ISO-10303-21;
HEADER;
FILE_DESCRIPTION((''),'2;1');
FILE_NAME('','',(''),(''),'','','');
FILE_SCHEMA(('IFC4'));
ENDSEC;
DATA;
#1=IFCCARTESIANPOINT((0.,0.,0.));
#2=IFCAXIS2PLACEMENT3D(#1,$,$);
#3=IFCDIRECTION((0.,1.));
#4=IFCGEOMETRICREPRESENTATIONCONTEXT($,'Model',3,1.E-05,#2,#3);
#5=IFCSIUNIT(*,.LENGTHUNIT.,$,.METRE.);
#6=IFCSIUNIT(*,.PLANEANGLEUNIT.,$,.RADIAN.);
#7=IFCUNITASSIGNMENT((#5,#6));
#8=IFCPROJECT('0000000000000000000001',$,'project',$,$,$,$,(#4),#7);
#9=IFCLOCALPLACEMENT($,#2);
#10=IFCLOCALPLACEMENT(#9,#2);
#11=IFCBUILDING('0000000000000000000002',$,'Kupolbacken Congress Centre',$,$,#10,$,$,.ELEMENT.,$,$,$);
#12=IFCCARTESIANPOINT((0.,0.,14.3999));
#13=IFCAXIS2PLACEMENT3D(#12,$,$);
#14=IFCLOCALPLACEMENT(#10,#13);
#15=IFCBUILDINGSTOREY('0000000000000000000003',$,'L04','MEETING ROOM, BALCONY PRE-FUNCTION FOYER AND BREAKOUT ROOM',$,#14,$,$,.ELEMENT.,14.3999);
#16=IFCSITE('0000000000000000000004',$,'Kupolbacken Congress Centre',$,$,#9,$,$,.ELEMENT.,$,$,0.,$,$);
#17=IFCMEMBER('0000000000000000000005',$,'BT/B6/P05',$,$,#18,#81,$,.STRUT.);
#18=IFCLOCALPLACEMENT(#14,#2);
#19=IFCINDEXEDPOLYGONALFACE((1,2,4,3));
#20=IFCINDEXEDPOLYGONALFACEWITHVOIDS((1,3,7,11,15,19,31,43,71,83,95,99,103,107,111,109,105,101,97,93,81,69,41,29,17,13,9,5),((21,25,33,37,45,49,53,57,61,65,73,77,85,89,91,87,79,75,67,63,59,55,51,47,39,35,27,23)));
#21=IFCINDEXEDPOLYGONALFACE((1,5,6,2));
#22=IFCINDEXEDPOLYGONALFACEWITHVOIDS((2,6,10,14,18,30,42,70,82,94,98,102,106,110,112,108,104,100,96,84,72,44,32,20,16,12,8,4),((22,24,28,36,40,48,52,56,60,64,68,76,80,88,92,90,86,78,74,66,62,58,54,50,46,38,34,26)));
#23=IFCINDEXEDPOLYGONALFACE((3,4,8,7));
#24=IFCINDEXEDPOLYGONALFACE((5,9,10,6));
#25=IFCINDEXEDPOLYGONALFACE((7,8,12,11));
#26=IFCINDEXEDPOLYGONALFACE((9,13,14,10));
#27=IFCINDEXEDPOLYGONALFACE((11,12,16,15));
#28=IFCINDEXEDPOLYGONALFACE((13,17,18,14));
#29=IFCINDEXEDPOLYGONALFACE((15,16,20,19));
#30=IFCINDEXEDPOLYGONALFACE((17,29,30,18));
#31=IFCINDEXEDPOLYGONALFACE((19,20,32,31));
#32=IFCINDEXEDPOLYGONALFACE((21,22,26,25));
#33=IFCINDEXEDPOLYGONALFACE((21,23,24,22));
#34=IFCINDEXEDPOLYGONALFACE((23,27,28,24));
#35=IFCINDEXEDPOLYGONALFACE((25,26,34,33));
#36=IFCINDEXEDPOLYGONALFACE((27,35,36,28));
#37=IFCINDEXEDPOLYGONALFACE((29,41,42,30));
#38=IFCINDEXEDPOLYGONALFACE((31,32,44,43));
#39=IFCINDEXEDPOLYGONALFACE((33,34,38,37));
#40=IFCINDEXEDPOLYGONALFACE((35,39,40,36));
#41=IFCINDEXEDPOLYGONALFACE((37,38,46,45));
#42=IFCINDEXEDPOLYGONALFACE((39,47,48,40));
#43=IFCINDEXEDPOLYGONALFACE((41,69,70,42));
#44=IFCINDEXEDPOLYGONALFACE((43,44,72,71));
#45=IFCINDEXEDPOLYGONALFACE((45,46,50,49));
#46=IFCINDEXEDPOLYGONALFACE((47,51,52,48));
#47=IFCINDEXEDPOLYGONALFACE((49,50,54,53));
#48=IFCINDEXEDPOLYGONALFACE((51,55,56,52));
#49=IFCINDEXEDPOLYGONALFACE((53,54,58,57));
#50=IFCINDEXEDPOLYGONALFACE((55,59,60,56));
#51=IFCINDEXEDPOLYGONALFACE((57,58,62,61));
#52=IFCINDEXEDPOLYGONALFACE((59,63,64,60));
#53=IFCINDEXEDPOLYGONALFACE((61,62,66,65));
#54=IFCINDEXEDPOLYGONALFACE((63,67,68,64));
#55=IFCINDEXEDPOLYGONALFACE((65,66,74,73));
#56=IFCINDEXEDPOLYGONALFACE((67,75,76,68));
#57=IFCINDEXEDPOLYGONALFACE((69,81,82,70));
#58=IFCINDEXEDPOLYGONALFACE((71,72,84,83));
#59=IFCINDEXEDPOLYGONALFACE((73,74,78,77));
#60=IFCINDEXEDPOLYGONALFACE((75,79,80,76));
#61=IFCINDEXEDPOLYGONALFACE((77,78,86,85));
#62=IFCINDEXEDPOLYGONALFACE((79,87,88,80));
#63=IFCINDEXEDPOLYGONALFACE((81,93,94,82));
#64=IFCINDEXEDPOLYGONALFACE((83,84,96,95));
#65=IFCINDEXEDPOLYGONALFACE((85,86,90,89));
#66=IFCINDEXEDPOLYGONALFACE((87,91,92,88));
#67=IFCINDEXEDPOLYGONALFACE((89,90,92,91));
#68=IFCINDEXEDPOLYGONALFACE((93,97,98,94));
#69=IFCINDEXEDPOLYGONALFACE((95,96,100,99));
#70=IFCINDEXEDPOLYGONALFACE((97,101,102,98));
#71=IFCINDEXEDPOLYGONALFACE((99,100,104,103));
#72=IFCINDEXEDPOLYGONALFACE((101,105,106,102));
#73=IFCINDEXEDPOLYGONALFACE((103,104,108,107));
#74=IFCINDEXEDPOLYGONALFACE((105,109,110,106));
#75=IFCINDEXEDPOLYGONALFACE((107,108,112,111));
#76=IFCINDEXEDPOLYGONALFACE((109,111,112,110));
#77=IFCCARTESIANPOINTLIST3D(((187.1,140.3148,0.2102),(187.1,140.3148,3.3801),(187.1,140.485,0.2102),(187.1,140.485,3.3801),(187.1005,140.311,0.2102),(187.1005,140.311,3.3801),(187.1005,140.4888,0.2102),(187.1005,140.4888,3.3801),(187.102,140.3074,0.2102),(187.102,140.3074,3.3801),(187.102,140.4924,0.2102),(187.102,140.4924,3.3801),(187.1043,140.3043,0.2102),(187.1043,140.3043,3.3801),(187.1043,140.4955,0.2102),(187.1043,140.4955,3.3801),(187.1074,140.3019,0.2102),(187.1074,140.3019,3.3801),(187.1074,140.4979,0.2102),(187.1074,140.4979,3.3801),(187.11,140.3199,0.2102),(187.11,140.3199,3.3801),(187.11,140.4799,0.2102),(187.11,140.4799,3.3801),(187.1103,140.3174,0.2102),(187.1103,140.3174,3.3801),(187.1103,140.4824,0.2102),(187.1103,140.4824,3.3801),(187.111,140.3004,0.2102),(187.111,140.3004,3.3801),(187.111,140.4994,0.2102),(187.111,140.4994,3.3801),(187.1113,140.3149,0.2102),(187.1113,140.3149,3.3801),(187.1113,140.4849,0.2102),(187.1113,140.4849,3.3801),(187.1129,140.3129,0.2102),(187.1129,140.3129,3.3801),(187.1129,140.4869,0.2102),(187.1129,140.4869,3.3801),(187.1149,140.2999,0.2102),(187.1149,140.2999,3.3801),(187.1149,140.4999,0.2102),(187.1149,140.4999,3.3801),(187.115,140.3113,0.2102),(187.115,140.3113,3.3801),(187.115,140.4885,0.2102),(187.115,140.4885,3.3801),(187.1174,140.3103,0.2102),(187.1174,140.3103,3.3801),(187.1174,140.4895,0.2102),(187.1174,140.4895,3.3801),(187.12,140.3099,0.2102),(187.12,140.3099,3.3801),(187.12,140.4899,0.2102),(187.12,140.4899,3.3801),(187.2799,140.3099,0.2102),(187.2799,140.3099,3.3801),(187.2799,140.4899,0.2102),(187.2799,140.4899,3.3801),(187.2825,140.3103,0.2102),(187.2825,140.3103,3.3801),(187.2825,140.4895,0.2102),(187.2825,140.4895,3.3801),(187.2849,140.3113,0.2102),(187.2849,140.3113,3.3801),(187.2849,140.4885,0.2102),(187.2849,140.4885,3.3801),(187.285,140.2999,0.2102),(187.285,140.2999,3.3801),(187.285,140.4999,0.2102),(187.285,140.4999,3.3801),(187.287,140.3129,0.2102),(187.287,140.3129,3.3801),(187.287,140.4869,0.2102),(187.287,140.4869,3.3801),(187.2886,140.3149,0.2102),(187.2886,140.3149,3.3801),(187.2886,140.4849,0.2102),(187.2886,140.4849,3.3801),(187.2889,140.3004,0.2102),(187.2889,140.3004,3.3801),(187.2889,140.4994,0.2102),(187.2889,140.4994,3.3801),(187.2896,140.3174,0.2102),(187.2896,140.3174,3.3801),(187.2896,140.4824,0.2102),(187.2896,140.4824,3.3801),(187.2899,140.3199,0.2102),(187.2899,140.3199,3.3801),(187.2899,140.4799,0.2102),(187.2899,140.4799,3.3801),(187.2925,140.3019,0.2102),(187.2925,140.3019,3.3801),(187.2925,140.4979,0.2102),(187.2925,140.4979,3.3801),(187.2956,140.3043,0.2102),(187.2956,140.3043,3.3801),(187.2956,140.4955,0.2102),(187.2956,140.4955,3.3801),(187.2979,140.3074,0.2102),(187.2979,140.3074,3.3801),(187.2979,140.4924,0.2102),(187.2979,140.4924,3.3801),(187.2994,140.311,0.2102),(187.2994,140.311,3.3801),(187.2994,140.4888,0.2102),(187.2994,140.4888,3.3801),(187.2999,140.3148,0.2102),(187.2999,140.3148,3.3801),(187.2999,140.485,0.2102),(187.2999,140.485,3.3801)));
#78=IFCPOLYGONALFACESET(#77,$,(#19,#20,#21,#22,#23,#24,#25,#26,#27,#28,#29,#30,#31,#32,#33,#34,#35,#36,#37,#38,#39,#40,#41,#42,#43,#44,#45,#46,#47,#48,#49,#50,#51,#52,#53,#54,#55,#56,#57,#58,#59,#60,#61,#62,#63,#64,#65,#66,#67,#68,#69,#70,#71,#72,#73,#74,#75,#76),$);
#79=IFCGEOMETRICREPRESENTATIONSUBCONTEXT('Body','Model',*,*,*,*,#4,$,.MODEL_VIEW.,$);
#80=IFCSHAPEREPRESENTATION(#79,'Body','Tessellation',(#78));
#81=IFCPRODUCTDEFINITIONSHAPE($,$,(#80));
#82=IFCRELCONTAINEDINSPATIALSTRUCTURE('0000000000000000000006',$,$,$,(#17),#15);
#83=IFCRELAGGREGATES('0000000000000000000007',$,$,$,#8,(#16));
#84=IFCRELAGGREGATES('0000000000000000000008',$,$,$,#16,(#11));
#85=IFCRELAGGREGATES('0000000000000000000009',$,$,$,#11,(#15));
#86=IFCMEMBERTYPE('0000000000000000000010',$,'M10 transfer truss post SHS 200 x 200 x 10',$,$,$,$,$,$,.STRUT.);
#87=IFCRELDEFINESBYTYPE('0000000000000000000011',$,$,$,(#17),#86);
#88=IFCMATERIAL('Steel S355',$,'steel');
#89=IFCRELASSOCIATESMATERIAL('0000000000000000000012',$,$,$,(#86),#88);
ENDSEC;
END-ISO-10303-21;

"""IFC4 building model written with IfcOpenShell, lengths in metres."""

from ifc_helpers import new_model, si_unit, direction, frame, origin, origin_2d, place, context, subcontext, project, spatial, hollow_rectangle, extrude, material, material_profile, profile_set, type_object, element, save


model = new_model("IFC4")

# Units and contexts
model_context = context("Model", 3, precision=1e-05, world=origin(), true_north=direction((0.0, 1.0)))
body_context = subcontext(model_context, "Body", "Model", "MODEL_VIEW")
ifc_project = project(units=[si_unit("LENGTHUNIT", "METRE"), si_unit("PLANEANGLEUNIT", "RADIAN")], contexts=[model_context])

# Site, building, storey
site_placement = place(None, origin())
site = spatial("IfcSite", under=ifc_project, at=site_placement, Name="Kupolbacken Congress Centre", CompositionType="ELEMENT", RefElevation=0.0)
building_placement = place(site_placement, origin())
building = spatial("IfcBuilding", under=site, at=building_placement, Name="Kupolbacken Congress Centre", CompositionType="ELEMENT")
storey_placement = place(building_placement, frame((0.0, 0.0, 14.3999)))
storey = spatial("IfcBuildingStorey", under=building, at=storey_placement, Name="L04", Description="MEETING ROOM, BALCONY PRE-FUNCTION FOYER AND BREAKOUT ROOM", CompositionType="ELEMENT", Elevation=14.3999)

# Member
ifc_material_1 = material(Name="Steel S355", Category="steel")
ifc_material_profile_1 = material_profile(ifc_material_1, hollow_rectangle(XDim=0.2, YDim=0.2, WallThickness=0.01, InnerFilletRadius=0.01, OuterFilletRadius=0.0149, at=origin_2d()), Name="SHS 200 x 200 x 10")
ifc_profile_set_1 = profile_set([ifc_material_profile_1], Name="Steel S355")
member_type_1 = type_object("IfcMemberType", Name="M10 transfer truss post SHS 200 x 200 x 10", PredefinedType="STRUT", material=ifc_profile_set_1)
for number, where, z_axis, x_axis, name in (
    (1, (187.2, 140.3999, 0.2102), (0.0, 0.0, 1.0), (0.0, 1.0, 0.0), "BT/B6/P05"),
):
    element("IfcMember", number, at=place(storey_placement, frame(where, z_axis=z_axis, x_axis=x_axis)), inside=storey, type_object=member_type_1, Name=name, PredefinedType="STRUT", context=body_context, shape_type="SweptSolid", body=[
        extrude(hollow_rectangle(XDim=0.2, YDim=0.2, WallThickness=0.01, InnerFilletRadius=0.01, OuterFilletRadius=0.0149, at=origin_2d()), origin(), (0.0, 0.0, 1.0), 3.1699),
    ])

save(model, "model.ifc")
